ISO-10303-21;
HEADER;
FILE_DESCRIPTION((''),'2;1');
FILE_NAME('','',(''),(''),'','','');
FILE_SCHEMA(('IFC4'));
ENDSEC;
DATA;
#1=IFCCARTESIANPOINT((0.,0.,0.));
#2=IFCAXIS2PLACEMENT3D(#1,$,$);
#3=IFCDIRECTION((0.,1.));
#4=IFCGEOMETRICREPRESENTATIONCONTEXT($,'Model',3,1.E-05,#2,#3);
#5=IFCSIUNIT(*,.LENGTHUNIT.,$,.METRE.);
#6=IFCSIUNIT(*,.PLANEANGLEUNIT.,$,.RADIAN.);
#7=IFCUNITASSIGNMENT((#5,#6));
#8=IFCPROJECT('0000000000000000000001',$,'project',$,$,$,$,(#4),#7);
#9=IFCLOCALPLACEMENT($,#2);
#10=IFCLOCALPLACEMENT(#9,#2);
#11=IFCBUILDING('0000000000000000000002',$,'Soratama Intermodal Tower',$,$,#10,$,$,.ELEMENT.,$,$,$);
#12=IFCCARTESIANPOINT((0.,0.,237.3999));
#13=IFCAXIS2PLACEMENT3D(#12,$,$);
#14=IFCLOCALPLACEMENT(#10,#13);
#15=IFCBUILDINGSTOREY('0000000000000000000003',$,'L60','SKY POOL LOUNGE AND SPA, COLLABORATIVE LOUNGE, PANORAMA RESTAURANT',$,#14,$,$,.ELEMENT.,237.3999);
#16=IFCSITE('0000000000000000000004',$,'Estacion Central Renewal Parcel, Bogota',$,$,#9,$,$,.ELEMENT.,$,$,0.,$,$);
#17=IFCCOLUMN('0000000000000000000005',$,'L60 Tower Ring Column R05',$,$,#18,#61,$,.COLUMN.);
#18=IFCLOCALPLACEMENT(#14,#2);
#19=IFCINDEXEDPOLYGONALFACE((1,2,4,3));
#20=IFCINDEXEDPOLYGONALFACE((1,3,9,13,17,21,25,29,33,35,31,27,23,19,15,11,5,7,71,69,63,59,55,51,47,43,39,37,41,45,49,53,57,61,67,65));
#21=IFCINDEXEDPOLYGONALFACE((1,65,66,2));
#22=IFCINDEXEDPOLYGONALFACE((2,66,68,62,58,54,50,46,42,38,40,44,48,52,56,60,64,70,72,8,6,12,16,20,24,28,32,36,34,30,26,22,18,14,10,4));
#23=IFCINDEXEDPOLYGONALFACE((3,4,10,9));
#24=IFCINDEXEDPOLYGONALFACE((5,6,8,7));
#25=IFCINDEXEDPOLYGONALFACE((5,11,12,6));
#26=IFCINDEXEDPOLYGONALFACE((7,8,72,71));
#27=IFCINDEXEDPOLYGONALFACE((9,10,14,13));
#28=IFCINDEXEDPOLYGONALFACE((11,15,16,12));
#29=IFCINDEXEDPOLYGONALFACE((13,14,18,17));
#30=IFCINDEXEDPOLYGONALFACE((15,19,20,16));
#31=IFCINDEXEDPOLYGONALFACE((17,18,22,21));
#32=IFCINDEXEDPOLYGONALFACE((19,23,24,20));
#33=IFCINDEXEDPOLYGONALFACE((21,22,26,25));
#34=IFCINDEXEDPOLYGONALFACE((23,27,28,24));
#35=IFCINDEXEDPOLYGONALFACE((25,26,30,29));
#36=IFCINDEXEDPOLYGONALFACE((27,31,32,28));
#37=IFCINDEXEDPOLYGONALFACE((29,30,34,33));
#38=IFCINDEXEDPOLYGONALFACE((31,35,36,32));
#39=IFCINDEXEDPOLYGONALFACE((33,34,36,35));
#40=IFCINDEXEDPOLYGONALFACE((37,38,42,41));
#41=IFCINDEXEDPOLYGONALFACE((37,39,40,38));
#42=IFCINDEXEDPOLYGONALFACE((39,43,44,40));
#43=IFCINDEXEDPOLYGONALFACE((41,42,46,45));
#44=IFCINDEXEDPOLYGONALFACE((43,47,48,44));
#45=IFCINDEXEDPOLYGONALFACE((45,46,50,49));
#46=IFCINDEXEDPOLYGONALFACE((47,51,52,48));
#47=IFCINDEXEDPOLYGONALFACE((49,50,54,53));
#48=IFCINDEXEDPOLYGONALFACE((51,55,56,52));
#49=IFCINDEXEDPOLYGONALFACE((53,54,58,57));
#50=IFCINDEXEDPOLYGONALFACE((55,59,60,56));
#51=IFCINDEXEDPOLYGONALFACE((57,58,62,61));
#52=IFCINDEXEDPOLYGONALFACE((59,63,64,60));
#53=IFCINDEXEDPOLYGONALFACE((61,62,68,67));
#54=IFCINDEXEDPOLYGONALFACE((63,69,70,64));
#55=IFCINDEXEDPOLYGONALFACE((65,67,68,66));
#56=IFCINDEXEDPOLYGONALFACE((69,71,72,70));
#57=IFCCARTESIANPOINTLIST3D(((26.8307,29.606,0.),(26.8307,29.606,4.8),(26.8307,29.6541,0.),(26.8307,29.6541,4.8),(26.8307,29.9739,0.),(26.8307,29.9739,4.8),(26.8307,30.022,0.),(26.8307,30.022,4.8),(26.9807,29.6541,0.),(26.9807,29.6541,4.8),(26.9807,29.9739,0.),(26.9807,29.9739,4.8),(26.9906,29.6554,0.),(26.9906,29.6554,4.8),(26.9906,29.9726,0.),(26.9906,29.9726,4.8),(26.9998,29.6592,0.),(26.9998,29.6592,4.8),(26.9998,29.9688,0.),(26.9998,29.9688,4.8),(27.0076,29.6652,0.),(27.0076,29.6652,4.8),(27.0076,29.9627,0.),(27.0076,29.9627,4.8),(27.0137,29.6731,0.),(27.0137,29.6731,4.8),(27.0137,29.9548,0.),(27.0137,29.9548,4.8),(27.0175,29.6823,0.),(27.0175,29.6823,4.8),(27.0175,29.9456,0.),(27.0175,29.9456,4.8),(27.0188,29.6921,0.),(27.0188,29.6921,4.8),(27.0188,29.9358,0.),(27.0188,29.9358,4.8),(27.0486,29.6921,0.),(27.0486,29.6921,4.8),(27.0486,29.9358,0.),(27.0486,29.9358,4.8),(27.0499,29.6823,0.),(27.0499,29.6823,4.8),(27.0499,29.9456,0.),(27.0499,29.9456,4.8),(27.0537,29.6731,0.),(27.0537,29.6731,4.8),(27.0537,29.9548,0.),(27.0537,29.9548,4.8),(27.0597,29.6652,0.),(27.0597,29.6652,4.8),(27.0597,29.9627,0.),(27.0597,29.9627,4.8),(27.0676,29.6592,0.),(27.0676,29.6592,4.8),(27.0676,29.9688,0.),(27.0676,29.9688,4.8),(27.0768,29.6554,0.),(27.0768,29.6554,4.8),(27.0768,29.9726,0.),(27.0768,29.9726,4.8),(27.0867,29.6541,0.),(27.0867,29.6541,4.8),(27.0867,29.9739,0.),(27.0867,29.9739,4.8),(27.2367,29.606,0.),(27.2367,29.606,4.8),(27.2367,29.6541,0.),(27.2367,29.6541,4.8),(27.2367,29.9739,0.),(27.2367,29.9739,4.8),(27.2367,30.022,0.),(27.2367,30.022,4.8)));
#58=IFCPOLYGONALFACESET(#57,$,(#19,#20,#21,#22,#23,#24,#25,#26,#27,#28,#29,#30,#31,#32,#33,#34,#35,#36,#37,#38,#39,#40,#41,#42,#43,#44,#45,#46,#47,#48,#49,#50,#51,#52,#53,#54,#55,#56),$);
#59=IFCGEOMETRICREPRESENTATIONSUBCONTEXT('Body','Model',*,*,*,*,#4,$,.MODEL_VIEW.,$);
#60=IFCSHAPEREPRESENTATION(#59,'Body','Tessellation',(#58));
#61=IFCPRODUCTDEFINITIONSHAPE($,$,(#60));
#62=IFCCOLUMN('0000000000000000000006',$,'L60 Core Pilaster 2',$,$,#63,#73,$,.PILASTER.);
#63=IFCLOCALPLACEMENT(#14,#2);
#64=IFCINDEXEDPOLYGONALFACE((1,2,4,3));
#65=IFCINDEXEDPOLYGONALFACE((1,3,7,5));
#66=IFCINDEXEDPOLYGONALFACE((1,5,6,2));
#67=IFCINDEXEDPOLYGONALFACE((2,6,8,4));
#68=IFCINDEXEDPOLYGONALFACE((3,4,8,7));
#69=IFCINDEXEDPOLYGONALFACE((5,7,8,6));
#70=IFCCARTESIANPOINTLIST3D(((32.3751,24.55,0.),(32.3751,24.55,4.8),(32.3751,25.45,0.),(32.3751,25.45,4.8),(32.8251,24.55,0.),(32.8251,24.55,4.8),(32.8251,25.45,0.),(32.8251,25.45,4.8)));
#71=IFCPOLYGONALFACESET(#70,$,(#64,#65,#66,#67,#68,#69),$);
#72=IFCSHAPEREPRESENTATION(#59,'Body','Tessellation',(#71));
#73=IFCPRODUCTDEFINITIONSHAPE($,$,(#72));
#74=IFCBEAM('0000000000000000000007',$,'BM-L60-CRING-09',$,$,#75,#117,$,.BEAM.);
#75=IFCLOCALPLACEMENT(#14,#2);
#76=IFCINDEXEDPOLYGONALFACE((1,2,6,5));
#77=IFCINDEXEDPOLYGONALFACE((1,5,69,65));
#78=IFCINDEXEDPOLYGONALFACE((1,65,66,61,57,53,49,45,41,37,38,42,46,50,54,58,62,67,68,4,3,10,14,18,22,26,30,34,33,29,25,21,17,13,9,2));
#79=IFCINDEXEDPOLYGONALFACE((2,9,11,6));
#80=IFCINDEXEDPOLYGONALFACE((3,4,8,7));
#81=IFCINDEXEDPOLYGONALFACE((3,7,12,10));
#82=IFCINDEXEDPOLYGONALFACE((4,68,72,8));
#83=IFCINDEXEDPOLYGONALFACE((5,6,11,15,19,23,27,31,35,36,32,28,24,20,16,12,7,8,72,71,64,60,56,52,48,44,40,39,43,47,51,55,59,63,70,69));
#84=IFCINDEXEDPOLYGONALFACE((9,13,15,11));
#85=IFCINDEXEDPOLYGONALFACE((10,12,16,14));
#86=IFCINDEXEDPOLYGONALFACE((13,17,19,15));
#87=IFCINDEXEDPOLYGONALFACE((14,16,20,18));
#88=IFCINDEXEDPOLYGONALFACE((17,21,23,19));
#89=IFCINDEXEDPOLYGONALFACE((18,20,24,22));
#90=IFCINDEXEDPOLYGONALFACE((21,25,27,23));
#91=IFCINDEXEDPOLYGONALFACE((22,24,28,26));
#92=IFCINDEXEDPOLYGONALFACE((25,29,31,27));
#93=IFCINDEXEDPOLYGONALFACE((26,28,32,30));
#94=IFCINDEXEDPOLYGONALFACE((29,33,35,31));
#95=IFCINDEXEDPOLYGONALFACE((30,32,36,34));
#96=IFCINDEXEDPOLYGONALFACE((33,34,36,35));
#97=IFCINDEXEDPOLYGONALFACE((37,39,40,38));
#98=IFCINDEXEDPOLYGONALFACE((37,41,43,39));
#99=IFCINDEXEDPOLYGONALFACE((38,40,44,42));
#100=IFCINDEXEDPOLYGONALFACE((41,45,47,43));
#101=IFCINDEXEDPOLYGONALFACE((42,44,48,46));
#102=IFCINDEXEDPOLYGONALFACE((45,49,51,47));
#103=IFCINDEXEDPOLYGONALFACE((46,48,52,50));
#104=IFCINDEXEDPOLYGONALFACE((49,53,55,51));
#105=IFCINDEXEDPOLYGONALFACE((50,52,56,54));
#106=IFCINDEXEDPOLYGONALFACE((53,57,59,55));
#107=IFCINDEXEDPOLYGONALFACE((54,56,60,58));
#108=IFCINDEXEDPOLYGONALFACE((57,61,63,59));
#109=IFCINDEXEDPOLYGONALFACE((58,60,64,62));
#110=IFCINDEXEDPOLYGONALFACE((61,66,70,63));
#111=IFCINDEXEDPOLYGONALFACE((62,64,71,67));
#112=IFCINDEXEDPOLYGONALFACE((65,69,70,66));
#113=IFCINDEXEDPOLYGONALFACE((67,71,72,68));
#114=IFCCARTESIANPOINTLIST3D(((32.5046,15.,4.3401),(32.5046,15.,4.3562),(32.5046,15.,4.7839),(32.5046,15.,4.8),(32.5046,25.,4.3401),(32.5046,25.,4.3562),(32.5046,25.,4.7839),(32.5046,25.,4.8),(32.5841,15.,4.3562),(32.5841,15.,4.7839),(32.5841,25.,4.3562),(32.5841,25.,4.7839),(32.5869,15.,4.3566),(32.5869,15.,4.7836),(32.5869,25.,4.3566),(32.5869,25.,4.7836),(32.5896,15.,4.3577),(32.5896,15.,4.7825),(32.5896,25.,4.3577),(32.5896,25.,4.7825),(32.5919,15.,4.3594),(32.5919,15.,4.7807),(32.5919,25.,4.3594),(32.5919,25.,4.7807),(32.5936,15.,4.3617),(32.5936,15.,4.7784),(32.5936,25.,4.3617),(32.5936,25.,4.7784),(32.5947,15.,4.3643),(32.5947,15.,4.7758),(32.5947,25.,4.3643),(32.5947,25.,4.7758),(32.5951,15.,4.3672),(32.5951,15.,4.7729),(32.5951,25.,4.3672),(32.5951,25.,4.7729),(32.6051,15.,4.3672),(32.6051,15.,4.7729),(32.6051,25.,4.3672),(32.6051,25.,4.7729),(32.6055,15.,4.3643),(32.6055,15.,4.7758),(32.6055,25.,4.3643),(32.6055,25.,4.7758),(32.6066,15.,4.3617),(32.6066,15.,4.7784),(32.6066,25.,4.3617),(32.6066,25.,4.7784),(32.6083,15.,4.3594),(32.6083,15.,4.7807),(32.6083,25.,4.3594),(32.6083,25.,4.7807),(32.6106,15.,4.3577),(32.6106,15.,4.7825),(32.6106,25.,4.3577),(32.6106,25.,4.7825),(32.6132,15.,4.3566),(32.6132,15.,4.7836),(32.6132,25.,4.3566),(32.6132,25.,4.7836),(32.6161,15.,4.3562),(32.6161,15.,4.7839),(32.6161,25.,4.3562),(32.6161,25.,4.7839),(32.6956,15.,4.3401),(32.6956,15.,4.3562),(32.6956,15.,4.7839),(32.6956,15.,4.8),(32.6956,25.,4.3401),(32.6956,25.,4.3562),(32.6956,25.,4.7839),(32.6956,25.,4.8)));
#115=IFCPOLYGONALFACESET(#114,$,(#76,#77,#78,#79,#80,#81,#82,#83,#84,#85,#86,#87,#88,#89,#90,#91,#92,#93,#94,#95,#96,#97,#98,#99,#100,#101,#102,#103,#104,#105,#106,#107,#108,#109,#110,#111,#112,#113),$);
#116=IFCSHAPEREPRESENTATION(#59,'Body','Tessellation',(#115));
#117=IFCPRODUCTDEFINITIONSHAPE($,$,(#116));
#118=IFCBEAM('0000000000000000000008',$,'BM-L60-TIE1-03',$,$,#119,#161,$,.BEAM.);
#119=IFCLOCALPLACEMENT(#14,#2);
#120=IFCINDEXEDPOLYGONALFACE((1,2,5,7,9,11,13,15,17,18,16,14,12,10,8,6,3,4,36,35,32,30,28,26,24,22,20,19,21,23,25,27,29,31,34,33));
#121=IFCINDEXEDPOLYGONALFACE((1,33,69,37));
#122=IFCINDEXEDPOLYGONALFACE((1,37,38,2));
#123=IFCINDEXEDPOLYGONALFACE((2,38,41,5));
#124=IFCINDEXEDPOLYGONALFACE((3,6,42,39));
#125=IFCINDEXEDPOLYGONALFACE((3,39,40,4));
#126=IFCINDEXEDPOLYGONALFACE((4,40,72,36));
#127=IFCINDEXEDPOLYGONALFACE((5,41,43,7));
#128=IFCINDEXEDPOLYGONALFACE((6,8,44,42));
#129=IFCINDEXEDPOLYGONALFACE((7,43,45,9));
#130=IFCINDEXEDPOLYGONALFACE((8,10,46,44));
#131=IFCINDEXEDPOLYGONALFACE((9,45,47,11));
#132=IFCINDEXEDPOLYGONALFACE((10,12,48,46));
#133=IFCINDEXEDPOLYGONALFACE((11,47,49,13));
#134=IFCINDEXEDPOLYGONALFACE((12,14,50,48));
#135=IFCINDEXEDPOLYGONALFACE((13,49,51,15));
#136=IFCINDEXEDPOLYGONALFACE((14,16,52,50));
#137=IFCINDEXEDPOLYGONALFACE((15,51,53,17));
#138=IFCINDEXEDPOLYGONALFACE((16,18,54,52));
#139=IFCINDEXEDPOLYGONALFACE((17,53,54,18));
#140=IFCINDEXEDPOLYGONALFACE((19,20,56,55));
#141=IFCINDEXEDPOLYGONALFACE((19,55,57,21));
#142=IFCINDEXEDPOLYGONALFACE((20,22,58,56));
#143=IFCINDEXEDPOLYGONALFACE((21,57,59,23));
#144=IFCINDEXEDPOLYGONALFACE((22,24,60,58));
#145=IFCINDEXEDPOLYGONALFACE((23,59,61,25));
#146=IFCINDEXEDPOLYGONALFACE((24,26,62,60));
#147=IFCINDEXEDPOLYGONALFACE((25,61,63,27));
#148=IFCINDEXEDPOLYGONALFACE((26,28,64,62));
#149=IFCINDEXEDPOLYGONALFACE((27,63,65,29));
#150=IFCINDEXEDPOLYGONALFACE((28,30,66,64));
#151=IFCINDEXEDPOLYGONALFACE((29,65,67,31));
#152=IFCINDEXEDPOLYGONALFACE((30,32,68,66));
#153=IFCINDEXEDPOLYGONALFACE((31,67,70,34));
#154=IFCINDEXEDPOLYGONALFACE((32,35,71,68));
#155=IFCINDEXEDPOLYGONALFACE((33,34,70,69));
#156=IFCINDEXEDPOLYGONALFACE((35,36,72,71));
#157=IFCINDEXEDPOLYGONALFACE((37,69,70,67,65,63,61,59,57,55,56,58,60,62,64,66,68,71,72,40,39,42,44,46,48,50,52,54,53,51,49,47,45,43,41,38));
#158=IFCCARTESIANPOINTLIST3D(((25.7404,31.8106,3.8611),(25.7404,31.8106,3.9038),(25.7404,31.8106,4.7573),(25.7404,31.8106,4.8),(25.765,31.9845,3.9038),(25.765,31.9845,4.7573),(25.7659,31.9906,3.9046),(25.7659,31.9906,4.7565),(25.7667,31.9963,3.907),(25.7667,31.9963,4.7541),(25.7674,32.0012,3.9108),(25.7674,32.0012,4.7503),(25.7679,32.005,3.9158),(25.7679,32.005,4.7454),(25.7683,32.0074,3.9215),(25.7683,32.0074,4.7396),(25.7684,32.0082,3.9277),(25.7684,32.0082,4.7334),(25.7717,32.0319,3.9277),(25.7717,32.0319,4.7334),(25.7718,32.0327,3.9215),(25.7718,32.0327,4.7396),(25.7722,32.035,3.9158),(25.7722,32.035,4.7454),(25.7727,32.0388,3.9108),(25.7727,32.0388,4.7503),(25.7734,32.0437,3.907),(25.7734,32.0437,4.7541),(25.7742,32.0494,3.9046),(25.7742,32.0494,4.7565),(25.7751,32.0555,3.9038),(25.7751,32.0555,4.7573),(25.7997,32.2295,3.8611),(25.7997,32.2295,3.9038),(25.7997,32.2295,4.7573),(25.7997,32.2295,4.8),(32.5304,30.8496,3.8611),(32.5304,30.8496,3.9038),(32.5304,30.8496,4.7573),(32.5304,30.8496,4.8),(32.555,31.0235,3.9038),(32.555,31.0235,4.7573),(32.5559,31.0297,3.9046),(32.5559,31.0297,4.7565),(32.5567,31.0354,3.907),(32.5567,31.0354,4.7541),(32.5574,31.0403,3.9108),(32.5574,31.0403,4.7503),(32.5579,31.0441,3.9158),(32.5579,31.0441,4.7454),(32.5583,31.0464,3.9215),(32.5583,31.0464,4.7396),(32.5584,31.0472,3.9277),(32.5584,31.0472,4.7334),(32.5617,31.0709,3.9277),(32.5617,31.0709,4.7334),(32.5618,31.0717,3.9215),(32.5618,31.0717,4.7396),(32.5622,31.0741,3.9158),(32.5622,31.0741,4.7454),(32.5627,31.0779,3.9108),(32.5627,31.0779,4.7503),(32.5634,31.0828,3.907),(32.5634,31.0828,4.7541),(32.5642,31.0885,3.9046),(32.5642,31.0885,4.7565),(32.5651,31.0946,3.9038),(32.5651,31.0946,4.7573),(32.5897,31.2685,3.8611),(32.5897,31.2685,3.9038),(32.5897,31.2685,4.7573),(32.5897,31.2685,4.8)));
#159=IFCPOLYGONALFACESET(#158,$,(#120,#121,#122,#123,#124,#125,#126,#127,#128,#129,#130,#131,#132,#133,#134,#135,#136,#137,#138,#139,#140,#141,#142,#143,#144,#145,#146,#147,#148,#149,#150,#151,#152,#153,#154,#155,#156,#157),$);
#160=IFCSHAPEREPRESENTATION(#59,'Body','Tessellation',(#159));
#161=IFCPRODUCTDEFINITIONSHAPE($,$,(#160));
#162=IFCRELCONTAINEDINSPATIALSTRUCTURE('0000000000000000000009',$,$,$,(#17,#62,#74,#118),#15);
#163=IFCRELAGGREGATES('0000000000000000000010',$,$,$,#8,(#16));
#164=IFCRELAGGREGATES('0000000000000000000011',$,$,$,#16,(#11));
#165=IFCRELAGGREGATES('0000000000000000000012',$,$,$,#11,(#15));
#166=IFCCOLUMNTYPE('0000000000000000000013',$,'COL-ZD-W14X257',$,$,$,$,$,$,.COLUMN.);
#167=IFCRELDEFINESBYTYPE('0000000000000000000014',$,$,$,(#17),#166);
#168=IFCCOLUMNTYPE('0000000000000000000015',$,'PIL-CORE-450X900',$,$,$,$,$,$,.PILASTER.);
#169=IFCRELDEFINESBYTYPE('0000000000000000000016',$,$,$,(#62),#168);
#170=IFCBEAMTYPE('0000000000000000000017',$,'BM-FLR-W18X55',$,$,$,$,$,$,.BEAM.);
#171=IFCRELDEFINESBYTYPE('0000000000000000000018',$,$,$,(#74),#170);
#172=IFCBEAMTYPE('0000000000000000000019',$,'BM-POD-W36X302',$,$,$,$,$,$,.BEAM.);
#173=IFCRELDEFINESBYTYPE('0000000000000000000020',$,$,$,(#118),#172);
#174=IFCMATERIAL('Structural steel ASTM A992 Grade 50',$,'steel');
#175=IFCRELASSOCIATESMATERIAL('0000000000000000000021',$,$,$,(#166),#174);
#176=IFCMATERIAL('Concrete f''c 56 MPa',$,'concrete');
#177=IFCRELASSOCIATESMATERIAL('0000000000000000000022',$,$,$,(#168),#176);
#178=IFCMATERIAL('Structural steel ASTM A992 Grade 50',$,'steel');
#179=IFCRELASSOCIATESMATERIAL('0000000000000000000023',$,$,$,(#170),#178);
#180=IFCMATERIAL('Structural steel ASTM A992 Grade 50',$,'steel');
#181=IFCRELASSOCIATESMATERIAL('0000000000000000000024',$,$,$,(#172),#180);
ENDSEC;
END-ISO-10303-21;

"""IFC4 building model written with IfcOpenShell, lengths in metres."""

from ifc_helpers import new_model, si_unit, direction, frame, origin, origin_2d, place, context, subcontext, project, spatial, rectangle, i_section, extrude, material, material_profile, profile_set, type_object, element, save


model = new_model("IFC4")

# Units and contexts
model_context = context("Model", 3, precision=1e-05, world=origin(), true_north=direction((0.0, 1.0)))
body_context = subcontext(model_context, "Body", "Model", "MODEL_VIEW")
ifc_project = project(units=[si_unit("LENGTHUNIT", "METRE"), si_unit("PLANEANGLEUNIT", "RADIAN")], contexts=[model_context])

# Site, building, storey
site_placement = place(None, origin())
site = spatial("IfcSite", under=ifc_project, at=site_placement, Name="Estacion Central Renewal Parcel, Bogota", CompositionType="ELEMENT", RefElevation=0.0)
building_placement = place(site_placement, origin())
building = spatial("IfcBuilding", under=site, at=building_placement, Name="Soratama Intermodal Tower", CompositionType="ELEMENT")
storey_placement = place(building_placement, frame((0.0, 0.0, 237.3999)))
storey = spatial("IfcBuildingStorey", under=building, at=storey_placement, Name="L60", Description="SKY POOL LOUNGE AND SPA, COLLABORATIVE LOUNGE, PANORAMA RESTAURANT", CompositionType="ELEMENT", Elevation=237.3999)

# Columns
ifc_material_1 = material(Name="Structural steel ASTM A992 Grade 50", Category="steel")
ifc_material_profile_1 = material_profile(ifc_material_1, i_section(OverallWidth=0.406, OverallDepth=0.416, WebThickness=0.0298, FlangeThickness=0.0481, FilletRadius=0.0381, at=origin_2d()), Name="W14X257")
ifc_profile_set_1 = profile_set([ifc_material_profile_1], Name="Structural steel ASTM A992 Grade 50")
column_type_1 = type_object("IfcColumnType", Name="COL-ZD-W14X257", PredefinedType="COLUMN", material=ifc_profile_set_1)
column_1_placement = place(storey_placement, frame((27.0337, 29.814, 0.0), z_axis=(0.0, 0.0, 1.0), x_axis=(1.0, 0.0, 0.0)))
element("IfcColumn", 1, at=column_1_placement, inside=storey, type_object=column_type_1, Name="L60 Tower Ring Column R05", PredefinedType="COLUMN", context=body_context, shape_type="SweptSolid", body=[
    extrude(i_section(OverallWidth=0.406, OverallDepth=0.416, WebThickness=0.0298, FlangeThickness=0.0481, FilletRadius=0.0381, at=origin_2d()), origin(), (0.0, 0.0, 1.0), 4.8),
])
ifc_material_2 = material(Name="Concrete f'c 56 MPa", Category="concrete")
ifc_material_profile_2 = material_profile(ifc_material_2, rectangle(XDim=0.45, YDim=0.8999, at=origin_2d()), Name="RC450X900")
ifc_profile_set_2 = profile_set([ifc_material_profile_2], Name="Concrete f'c 56 MPa")
column_type_2 = type_object("IfcColumnType", Name="PIL-CORE-450X900", PredefinedType="PILASTER", material=ifc_profile_set_2)
column_2_placement = place(storey_placement, frame((32.6001, 25.0, 0.0), z_axis=(0.0, 0.0, 1.0), x_axis=(1.0, 0.0, 0.0)))
element("IfcColumn", 2, at=column_2_placement, inside=storey, type_object=column_type_2, Name="L60 Core Pilaster 2", PredefinedType="PILASTER", context=body_context, shape_type="SweptSolid", body=[
    extrude(rectangle(XDim=0.45, YDim=0.8999, at=origin_2d()), origin(), (0.0, 0.0, 1.0), 4.8),
])

# Beams
ifc_material_3 = material(Name="Structural steel ASTM A992 Grade 50", Category="steel")
ifc_material_profile_3 = material_profile(ifc_material_3, i_section(OverallWidth=0.1909, OverallDepth=0.46, WebThickness=0.01, FlangeThickness=0.0161, FilletRadius=0.011, at=origin_2d()), Name="W18X55")
ifc_profile_set_3 = profile_set([ifc_material_profile_3], Name="Structural steel ASTM A992 Grade 50")
beam_type_1 = type_object("IfcBeamType", Name="BM-FLR-W18X55", PredefinedType="BEAM", material=ifc_profile_set_3)
beam_1_placement = place(storey_placement, frame((32.6001, 25.0, 4.5701), z_axis=(0.0, -1.0, 0.0), x_axis=(1.0, 0.0, 0.0)))
element("IfcBeam", 3, at=beam_1_placement, inside=storey, type_object=beam_type_1, Name="BM-L60-CRING-09", PredefinedType="BEAM", context=body_context, shape_type="SweptSolid", body=[
    extrude(i_section(OverallWidth=0.1909, OverallDepth=0.46, WebThickness=0.01, FlangeThickness=0.0161, FilletRadius=0.011, at=origin_2d()), origin(), (0.0, 0.0, 1.0), 10.0),
])
ifc_material_4 = material(Name="Structural steel ASTM A992 Grade 50", Category="steel")
ifc_material_profile_4 = material_profile(ifc_material_4, i_section(OverallWidth=0.4231, OverallDepth=0.939, WebThickness=0.0239, FlangeThickness=0.0427, FilletRadius=0.0239, at=origin_2d()), Name="W36X302")
ifc_profile_set_4 = profile_set([ifc_material_profile_4], Name="Structural steel ASTM A992 Grade 50")
beam_type_2 = type_object("IfcBeamType", Name="BM-POD-W36X302", PredefinedType="BEAM", material=ifc_profile_set_4)
beam_2_placement = place(storey_placement, frame((32.5601, 31.0591, 4.3306), z_axis=(-0.990134, 0.140125, 0.0), x_axis=(-0.140125, -0.990134, 0.0)))
element("IfcBeam", 4, at=beam_2_placement, inside=storey, type_object=beam_type_2, Name="BM-L60-TIE1-03", PredefinedType="BEAM", context=body_context, shape_type="SweptSolid", body=[
    extrude(i_section(OverallWidth=0.4231, OverallDepth=0.939, WebThickness=0.0239, FlangeThickness=0.0427, FilletRadius=0.0239, at=origin_2d()), origin(), (0.0, 0.0, 1.0), 6.8577),
])

save(model, "model.ifc")
